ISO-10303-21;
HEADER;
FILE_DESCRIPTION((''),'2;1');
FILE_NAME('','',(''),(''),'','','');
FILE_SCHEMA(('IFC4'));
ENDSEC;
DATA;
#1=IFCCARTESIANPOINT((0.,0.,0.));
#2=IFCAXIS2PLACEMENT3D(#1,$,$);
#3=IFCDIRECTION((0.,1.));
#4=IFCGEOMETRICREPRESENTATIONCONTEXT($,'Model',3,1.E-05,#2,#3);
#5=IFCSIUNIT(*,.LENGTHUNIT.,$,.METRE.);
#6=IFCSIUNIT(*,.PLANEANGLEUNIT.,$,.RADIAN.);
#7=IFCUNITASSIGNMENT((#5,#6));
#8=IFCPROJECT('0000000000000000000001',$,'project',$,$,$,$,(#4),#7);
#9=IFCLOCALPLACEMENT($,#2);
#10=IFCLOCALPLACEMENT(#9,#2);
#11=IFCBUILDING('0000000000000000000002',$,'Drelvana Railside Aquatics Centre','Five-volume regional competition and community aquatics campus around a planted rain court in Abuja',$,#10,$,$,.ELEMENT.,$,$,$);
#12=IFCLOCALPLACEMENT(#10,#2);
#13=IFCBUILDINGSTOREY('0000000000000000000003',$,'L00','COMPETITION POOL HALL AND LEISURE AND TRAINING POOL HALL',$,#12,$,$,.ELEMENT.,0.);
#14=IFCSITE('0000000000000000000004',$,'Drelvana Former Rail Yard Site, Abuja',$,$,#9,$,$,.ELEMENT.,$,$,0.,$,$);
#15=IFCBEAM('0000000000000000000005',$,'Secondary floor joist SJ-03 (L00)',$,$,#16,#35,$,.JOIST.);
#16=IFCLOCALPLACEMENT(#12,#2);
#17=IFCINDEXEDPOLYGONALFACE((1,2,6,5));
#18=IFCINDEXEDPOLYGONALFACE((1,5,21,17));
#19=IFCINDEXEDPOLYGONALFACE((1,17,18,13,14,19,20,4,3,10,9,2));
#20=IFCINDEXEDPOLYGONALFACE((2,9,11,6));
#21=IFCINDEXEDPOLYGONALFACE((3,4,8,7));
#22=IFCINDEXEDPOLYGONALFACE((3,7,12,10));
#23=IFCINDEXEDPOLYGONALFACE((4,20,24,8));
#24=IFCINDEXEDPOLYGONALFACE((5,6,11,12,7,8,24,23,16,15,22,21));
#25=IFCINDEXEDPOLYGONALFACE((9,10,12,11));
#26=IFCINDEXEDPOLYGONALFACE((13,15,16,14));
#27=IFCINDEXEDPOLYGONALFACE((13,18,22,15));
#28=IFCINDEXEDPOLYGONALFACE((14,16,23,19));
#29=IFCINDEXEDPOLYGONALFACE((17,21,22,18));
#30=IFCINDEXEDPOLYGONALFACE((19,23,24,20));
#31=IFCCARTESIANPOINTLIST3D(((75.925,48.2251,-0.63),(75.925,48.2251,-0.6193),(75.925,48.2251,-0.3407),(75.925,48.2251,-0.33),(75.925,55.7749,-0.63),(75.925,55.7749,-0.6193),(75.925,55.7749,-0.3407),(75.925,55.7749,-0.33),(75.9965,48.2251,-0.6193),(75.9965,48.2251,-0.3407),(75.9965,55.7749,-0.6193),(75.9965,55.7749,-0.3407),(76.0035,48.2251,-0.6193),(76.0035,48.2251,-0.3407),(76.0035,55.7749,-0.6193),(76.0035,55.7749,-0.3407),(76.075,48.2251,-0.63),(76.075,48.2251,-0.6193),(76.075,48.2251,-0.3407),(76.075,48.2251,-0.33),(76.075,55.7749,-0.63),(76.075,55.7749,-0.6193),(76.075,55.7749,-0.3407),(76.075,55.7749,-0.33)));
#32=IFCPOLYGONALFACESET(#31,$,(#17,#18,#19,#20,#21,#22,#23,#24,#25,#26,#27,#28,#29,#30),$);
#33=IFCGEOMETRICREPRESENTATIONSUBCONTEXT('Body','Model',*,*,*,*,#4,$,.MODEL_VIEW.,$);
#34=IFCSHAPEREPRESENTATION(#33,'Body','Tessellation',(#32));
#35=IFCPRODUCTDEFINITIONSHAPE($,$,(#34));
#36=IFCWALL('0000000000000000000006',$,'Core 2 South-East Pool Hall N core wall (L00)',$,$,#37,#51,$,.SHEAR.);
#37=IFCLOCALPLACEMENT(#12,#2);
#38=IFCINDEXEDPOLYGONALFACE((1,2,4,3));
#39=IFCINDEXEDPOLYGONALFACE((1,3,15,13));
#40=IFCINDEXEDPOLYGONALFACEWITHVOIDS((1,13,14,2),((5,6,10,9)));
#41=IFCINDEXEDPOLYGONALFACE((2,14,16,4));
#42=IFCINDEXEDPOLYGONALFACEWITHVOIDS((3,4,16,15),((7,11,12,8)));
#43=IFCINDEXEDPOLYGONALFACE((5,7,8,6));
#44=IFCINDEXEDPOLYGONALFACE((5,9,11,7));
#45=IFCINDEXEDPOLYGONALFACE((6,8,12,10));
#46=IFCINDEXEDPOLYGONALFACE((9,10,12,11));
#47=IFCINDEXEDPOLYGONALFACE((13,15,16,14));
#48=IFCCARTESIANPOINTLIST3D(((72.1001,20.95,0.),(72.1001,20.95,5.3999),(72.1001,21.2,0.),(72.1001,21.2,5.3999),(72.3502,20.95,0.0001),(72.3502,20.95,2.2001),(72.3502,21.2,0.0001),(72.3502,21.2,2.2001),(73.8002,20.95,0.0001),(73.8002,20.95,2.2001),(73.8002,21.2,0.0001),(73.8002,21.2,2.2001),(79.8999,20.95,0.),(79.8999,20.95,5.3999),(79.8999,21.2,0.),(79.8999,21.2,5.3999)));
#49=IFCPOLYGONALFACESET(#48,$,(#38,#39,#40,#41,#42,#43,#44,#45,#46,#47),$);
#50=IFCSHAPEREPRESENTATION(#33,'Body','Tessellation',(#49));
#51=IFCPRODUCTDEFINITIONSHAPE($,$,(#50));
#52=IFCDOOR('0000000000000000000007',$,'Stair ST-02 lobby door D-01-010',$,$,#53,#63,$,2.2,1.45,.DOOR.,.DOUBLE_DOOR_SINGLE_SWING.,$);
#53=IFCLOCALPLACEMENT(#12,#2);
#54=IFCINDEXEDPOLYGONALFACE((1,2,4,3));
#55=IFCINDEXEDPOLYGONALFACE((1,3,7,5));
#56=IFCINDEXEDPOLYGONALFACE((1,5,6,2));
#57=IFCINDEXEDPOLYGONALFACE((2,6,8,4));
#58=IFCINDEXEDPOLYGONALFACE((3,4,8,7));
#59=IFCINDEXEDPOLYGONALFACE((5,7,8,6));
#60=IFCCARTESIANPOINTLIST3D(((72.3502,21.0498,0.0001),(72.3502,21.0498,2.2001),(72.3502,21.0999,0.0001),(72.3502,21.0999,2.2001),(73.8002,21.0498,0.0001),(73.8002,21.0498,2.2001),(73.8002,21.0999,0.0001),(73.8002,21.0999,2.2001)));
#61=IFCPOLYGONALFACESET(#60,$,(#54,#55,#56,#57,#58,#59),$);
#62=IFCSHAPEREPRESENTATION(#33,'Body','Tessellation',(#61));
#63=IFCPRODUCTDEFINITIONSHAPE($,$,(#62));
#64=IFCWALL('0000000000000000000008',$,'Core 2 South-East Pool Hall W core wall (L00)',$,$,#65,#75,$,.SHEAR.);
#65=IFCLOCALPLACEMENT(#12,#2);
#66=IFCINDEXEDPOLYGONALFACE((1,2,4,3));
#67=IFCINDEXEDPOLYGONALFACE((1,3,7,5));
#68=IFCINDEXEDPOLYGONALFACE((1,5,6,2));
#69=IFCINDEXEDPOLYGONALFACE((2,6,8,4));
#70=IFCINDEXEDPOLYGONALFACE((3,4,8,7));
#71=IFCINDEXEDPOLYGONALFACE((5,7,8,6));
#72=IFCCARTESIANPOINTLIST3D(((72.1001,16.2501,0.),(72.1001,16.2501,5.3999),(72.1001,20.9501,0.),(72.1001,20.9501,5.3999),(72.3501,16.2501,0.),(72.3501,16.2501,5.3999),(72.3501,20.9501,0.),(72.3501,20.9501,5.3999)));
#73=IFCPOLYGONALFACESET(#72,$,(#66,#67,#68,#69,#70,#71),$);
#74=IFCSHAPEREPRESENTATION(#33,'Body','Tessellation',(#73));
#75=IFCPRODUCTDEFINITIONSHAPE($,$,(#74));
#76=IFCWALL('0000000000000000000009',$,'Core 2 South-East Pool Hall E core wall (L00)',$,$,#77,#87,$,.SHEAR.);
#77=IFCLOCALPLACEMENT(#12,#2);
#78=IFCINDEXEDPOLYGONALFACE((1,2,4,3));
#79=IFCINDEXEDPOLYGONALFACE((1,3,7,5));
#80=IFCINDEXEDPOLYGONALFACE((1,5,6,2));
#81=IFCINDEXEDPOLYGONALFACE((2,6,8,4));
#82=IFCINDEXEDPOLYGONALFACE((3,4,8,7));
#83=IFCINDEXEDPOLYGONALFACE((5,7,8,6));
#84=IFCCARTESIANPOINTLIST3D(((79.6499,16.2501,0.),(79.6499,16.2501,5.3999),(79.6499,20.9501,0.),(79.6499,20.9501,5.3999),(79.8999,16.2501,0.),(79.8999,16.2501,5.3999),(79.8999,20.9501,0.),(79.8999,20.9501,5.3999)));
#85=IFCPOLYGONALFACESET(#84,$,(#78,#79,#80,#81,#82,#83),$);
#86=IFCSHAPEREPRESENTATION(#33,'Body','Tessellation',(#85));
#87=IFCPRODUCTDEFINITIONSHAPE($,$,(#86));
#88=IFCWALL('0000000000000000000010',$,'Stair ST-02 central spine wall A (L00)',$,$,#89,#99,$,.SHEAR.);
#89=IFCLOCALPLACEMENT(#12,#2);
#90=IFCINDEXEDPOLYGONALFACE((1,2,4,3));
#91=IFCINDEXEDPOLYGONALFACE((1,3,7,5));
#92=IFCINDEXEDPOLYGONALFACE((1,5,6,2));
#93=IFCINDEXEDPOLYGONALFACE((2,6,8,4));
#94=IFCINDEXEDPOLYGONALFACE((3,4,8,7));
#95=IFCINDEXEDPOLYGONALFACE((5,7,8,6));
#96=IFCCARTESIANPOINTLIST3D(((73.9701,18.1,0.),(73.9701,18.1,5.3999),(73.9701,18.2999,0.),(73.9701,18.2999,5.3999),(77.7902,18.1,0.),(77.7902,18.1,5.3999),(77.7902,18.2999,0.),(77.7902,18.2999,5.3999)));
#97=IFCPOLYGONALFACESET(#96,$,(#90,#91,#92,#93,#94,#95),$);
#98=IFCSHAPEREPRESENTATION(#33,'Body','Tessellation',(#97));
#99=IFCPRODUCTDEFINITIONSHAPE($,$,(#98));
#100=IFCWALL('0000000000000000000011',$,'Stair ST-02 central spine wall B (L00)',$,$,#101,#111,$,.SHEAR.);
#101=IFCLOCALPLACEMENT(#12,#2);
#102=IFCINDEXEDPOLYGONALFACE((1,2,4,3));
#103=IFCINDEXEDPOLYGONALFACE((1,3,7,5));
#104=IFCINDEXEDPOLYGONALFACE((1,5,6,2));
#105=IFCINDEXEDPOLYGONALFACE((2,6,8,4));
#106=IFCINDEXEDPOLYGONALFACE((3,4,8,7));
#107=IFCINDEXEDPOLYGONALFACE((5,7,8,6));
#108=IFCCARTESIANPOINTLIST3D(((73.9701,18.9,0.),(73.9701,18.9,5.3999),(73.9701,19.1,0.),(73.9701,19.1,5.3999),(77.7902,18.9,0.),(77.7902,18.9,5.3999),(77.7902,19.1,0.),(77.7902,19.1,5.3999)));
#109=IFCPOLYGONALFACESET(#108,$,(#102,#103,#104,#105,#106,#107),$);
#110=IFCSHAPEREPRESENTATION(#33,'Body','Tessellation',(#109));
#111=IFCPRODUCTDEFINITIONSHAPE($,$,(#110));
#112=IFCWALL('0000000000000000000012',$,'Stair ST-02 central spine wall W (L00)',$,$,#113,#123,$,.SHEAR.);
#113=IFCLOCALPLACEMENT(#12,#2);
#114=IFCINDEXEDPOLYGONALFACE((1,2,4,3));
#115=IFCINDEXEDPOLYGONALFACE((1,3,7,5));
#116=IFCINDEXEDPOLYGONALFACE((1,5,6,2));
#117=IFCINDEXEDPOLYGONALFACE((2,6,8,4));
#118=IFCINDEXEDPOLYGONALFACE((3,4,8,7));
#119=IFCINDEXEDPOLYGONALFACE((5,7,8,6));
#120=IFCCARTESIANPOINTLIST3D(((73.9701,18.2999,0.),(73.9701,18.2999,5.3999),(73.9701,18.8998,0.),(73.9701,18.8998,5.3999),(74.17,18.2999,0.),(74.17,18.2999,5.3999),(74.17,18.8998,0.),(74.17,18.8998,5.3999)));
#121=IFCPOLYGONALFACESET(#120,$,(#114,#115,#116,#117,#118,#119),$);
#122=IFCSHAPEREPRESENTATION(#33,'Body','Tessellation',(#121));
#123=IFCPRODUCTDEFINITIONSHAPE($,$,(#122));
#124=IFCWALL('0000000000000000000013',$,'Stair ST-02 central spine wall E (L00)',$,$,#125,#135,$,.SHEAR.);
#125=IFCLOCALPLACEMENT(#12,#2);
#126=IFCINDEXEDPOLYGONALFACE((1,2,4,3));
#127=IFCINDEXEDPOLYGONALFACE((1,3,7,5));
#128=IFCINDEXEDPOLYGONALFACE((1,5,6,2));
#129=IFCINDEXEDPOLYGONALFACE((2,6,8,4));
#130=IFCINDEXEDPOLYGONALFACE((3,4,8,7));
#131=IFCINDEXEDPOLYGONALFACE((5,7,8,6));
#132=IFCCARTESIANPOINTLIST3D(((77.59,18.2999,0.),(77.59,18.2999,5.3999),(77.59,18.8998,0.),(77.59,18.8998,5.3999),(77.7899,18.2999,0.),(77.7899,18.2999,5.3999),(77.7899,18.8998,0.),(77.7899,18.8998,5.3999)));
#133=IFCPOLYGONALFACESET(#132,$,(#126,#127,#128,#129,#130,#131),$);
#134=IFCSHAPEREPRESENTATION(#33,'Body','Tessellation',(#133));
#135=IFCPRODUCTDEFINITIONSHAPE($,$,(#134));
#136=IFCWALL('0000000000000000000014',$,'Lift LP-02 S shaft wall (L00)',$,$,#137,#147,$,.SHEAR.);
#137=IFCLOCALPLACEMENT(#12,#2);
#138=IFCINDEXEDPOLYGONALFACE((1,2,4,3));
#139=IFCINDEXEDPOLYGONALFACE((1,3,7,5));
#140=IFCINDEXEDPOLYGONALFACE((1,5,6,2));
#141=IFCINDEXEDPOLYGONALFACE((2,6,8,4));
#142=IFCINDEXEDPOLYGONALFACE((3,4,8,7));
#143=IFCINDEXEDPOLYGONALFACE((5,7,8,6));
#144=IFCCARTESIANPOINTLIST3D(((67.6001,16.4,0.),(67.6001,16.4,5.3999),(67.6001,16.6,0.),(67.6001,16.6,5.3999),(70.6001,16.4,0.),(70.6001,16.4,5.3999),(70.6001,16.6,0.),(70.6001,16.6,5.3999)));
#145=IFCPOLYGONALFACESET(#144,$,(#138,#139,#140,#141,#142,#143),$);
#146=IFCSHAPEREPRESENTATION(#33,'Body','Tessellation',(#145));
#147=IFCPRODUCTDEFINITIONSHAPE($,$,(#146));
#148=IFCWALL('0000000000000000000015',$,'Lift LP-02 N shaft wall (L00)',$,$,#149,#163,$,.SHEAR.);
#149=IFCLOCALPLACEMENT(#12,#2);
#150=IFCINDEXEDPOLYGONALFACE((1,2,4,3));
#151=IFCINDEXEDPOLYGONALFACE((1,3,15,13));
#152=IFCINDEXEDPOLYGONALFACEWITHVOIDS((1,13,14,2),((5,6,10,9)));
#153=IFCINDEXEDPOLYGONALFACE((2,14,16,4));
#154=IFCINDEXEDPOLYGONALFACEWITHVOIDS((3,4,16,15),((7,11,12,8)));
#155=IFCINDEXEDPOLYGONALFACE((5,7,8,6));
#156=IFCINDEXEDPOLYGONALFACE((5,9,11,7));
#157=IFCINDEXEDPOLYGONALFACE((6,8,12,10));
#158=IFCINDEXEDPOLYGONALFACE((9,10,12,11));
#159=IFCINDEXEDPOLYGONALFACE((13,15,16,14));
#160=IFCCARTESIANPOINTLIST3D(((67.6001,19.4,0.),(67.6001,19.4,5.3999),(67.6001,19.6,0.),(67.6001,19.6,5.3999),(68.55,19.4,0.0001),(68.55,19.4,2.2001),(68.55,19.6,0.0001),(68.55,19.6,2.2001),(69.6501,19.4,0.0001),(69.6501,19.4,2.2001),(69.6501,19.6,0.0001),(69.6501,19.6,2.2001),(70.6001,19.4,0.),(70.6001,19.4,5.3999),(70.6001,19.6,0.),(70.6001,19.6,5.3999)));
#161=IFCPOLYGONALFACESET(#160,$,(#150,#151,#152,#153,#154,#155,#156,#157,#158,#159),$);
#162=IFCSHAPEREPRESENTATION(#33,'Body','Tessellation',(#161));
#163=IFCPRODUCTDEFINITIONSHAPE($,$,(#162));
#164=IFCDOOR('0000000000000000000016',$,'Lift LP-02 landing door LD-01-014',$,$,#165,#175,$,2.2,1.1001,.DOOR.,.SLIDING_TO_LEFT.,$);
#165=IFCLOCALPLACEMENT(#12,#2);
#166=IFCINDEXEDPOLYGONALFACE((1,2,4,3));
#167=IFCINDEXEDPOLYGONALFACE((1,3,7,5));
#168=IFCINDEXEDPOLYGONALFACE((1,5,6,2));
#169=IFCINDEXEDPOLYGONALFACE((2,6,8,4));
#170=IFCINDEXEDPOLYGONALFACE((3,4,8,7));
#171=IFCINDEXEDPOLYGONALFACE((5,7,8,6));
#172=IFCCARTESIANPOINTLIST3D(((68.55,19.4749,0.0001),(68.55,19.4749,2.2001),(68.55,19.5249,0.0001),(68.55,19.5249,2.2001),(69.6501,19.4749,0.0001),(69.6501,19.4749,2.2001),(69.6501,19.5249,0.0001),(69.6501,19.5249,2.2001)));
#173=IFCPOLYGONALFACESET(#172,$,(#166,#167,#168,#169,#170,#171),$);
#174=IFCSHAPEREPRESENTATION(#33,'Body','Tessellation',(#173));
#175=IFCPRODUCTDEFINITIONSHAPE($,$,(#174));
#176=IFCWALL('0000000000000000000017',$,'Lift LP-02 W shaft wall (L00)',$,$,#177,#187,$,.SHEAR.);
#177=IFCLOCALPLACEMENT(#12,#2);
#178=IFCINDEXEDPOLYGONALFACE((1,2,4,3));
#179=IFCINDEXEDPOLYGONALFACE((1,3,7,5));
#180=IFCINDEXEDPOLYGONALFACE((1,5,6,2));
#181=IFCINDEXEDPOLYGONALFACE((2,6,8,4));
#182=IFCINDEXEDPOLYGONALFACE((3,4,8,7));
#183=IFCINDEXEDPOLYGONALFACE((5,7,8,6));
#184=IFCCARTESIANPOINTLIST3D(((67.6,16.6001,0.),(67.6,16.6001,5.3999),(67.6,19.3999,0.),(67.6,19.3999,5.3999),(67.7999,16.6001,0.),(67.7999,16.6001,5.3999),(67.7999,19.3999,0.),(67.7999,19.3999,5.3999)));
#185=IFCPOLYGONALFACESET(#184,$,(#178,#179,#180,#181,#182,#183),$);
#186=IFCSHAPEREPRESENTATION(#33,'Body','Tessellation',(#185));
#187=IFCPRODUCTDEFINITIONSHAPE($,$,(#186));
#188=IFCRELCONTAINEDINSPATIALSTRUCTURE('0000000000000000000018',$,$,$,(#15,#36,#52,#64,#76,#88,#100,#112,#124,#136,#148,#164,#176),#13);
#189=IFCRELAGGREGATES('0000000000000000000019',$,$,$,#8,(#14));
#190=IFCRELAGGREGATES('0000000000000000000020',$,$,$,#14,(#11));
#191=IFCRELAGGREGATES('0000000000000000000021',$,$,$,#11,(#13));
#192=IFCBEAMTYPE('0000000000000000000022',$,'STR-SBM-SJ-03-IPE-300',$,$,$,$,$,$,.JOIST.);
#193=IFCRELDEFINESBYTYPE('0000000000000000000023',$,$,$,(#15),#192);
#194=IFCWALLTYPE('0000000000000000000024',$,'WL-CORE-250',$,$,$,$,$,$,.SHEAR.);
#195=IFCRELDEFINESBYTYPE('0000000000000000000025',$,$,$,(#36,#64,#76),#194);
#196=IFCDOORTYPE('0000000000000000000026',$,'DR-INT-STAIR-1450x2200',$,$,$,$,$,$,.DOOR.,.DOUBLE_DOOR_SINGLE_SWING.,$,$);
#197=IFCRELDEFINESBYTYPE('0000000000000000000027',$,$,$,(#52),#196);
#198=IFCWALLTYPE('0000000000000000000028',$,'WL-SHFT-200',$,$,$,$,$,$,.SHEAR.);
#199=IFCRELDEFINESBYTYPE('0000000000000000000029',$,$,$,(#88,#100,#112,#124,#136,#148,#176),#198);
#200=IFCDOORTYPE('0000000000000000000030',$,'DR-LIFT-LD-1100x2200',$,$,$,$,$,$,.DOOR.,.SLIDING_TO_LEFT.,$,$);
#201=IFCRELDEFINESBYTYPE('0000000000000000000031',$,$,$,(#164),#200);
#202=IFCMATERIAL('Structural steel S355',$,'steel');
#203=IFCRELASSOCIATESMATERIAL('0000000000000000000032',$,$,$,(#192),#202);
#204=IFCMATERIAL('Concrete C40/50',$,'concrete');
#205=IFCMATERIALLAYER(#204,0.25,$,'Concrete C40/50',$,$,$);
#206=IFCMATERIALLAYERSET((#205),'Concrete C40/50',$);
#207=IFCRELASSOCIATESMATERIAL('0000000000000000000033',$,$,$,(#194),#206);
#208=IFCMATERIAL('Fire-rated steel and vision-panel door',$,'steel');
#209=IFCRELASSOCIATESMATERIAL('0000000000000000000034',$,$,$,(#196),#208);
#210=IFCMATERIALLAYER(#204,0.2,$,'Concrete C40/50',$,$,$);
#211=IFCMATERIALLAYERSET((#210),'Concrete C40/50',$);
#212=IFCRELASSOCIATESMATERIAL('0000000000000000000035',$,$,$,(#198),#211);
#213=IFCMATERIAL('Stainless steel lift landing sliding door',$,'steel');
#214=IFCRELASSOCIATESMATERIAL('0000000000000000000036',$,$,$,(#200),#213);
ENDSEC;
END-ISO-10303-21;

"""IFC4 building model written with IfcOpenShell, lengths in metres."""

from ifc_helpers import new_model, si_unit, direction, frame, frame_2d, origin, origin_2d, place, context, subcontext, project, spatial, rectangle, i_section, extrude, material, layer, layer_set, material_profile, profile_set, type_object, element, fill, save


model = new_model("IFC4")

# Units and contexts
model_context = context("Model", 3, precision=1e-05, world=origin(), true_north=direction((0.0, 1.0)))
body_context = subcontext(model_context, "Body", "Model", "MODEL_VIEW")
ifc_project = project(units=[si_unit("LENGTHUNIT", "METRE"), si_unit("PLANEANGLEUNIT", "RADIAN")], contexts=[model_context])

# Site, building, storey
site_placement = place(None, origin())
site = spatial("IfcSite", under=ifc_project, at=site_placement, Name="Drelvana Former Rail Yard Site, Abuja", CompositionType="ELEMENT", RefElevation=0.0)
building_placement = place(site_placement, origin())
building = spatial("IfcBuilding", under=site, at=building_placement, Name="Drelvana Railside Aquatics Centre", Description="Five-volume regional competition and community aquatics campus around a planted rain court in Abuja", CompositionType="ELEMENT")
storey_placement = place(building_placement, origin())
storey = spatial("IfcBuildingStorey", under=building, at=storey_placement, Name="L00", Description="COMPETITION POOL HALL AND LEISURE AND TRAINING POOL HALL", CompositionType="ELEMENT", Elevation=0.0)

# Shared definitions
ifc_material_1 = material(Name="Concrete C40/50", Category="concrete")

# Beam
ifc_material_2 = material(Name="Structural steel S355", Category="steel")
ifc_material_profile_1 = material_profile(ifc_material_2, i_section(OverallWidth=0.1499, OverallDepth=0.3, WebThickness=0.0071, FlangeThickness=0.0107, at=origin_2d()), Name="IPE 300")
ifc_profile_set_1 = profile_set([ifc_material_profile_1], Name="Structural steel S355")
beam_type_1 = type_object("IfcBeamType", Name="STR-SBM-SJ-03-IPE-300", PredefinedType="JOIST", material=ifc_profile_set_1)
beam_1_placement = place(storey_placement, frame((76.0, 48.2251, -0.48), z_axis=(0.0, 1.0, 0.0), x_axis=(-1.0, 0.0, 0.0)))
element("IfcBeam", 1, at=beam_1_placement, inside=storey, type_object=beam_type_1, Name="Secondary floor joist SJ-03 (L00)", PredefinedType="JOIST", context=body_context, shape_type="SweptSolid", body=[
    extrude(i_section(OverallWidth=0.1499, OverallDepth=0.3, WebThickness=0.0071, FlangeThickness=0.0107, at=origin_2d()), origin(), (0.0, 0.0, 1.0), 7.5498),
])

# Wall, opening, door
ifc_layer_1 = layer(ifc_material_1, 0.25, Name="Concrete C40/50")
ifc_layer_set_1 = layer_set([ifc_layer_1], Name="Concrete C40/50")
wall_type_1 = type_object("IfcWallType", Name="WL-CORE-250", PredefinedType="SHEAR", material=ifc_layer_set_1)
wall_1_placement = place(storey_placement, frame((72.1001, 21.075, 0.0), z_axis=(0.0, 0.0, 1.0), x_axis=(1.0, 0.0, 0.0)))
wall_1 = element("IfcWall", 2, at=wall_1_placement, inside=storey, type_object=wall_type_1, Name="Core 2 South-East Pool Hall N core wall (L00)", PredefinedType="SHEAR", context=body_context, shape_type="SweptSolid", body=[
    extrude(rectangle(XDim=7.7998, YDim=0.25, at=frame_2d((3.8999, 0.0))), origin(), (0.0, 0.0, 1.0), 5.3999),
])
opening_1_placement = place(wall_1_placement, frame((0.25, 0.0, 0.0)))
opening_1 = element("IfcOpeningElement", 3, at=opening_1_placement, cuts=wall_1, PredefinedType="OPENING", context=body_context, shape_type="SweptSolid", body=[
    extrude(rectangle(XDim=1.45, YDim=2.2, at=frame_2d((0.7251, 1.1001))), frame((0.0, 0.135, 0.0), z_axis=(0.0, -1.0, 0.0), x_axis=(1.0, 0.0, 0.0)), (0.0, 0.0, 1.0), 0.27),
])
ifc_material_3 = material(Name="Fire-rated steel and vision-panel door", Category="steel")
door_type_1 = type_object("IfcDoorType", Name="DR-INT-STAIR-1450x2200", OperationType="DOUBLE_DOOR_SINGLE_SWING", PredefinedType="DOOR", material=ifc_material_3)
door_1_placement = place(opening_1_placement, origin())
door_1 = element("IfcDoor", 4, at=door_1_placement, inside=storey, type_object=door_type_1, Name="Stair ST-02 lobby door D-01-010", OperationType="DOUBLE_DOOR_SINGLE_SWING", OverallHeight=2.2, OverallWidth=1.45, PredefinedType="DOOR", context=body_context, shape_type="SweptSolid", body=[
    extrude(rectangle(XDim=1.45, YDim=2.2, at=frame_2d((0.7251, 1.1001))), frame((0.0, 0.0249, 0.0), z_axis=(0.0, -1.0, 0.0), x_axis=(1.0, 0.0, 0.0)), (0.0, 0.0, 1.0), 0.05),
])
fill(opening_1, door_1)

# Walls
for number, where, z_axis, x_axis, name in (
    (5, (72.2251, 16.25, 0.0), (0.0, 0.0, 1.0), (0.0, 1.0, 0.0), "Core 2 South-East Pool Hall W core wall (L00)"),
    (6, (79.7749, 16.25, 0.0), (0.0, 0.0, 1.0), (0.0, 1.0, 0.0), "Core 2 South-East Pool Hall E core wall (L00)"),
):
    element("IfcWall", number, at=place(storey_placement, frame(where, z_axis=z_axis, x_axis=x_axis)), inside=storey, type_object=wall_type_1, Name=name, PredefinedType="SHEAR", context=body_context, shape_type="SweptSolid", body=[
        extrude(rectangle(XDim=4.7, YDim=0.25, at=frame_2d((2.3501, 0.0))), origin(), (0.0, 0.0, 1.0), 5.3999),
    ])
ifc_layer_2 = layer(ifc_material_1, 0.2, Name="Concrete C40/50")
ifc_layer_set_2 = layer_set([ifc_layer_2], Name="Concrete C40/50")
wall_type_2 = type_object("IfcWallType", Name="WL-SHFT-200", PredefinedType="SHEAR", material=ifc_layer_set_2)
for number, where, z_axis, x_axis, name in (
    (7, (73.97, 18.2, 0.0), (0.0, 0.0, 1.0), (1.0, 0.0, 0.0), "Stair ST-02 central spine wall A (L00)"),
    (8, (73.97, 19.0, 0.0), (0.0, 0.0, 1.0), (1.0, 0.0, 0.0), "Stair ST-02 central spine wall B (L00)"),
):
    element("IfcWall", number, at=place(storey_placement, frame(where, z_axis=z_axis, x_axis=x_axis)), inside=storey, type_object=wall_type_2, Name=name, PredefinedType="SHEAR", context=body_context, shape_type="SweptSolid", body=[
        extrude(rectangle(XDim=3.8201, YDim=0.2, at=frame_2d((1.9102, 0.0))), origin(), (0.0, 0.0, 1.0), 5.3999),
    ])
for number, where, z_axis, x_axis, name in (
    (9, (74.0701, 18.3, 0.0), (0.0, 0.0, 1.0), (0.0, 1.0, 0.0), "Stair ST-02 central spine wall W (L00)"),
    (10, (77.6899, 18.3, 0.0), (0.0, 0.0, 1.0), (0.0, 1.0, 0.0), "Stair ST-02 central spine wall E (L00)"),
):
    element("IfcWall", number, at=place(storey_placement, frame(where, z_axis=z_axis, x_axis=x_axis)), inside=storey, type_object=wall_type_2, Name=name, PredefinedType="SHEAR", context=body_context, shape_type="SweptSolid", body=[
        extrude(rectangle(XDim=0.5999, YDim=0.2, at=frame_2d((0.2998, 0.0))), origin(), (0.0, 0.0, 1.0), 5.3999),
    ])
wall_2_placement = place(storey_placement, frame((67.6001, 16.5, 0.0), z_axis=(0.0, 0.0, 1.0), x_axis=(1.0, 0.0, 0.0)))
element("IfcWall", 11, at=wall_2_placement, inside=storey, type_object=wall_type_2, Name="Lift LP-02 S shaft wall (L00)", PredefinedType="SHEAR", context=body_context, shape_type="SweptSolid", body=[
    extrude(rectangle(XDim=3.0, YDim=0.2, at=frame_2d((1.5, 0.0))), origin(), (0.0, 0.0, 1.0), 5.3999),
])

# Wall, opening, door
wall_3_placement = place(storey_placement, frame((67.6001, 19.5, 0.0), z_axis=(0.0, 0.0, 1.0), x_axis=(1.0, 0.0, 0.0)))
wall_3 = element("IfcWall", 12, at=wall_3_placement, inside=storey, type_object=wall_type_2, Name="Lift LP-02 N shaft wall (L00)", PredefinedType="SHEAR", context=body_context, shape_type="SweptSolid", body=[
    extrude(rectangle(XDim=3.0, YDim=0.2, at=frame_2d((1.5, 0.0))), origin(), (0.0, 0.0, 1.0), 5.3999),
])
opening_2_placement = place(wall_3_placement, frame((0.95, 0.0, 0.0)))
opening_2 = element("IfcOpeningElement", 13, at=opening_2_placement, cuts=wall_3, PredefinedType="OPENING", context=body_context, shape_type="SweptSolid", body=[
    extrude(rectangle(XDim=1.1001, YDim=2.2, at=frame_2d((0.55, 1.1001))), frame((0.0, 0.1099, 0.0), z_axis=(0.0, -1.0, 0.0), x_axis=(1.0, 0.0, 0.0)), (0.0, 0.0, 1.0), 0.22),
])
ifc_material_4 = material(Name="Stainless steel lift landing sliding door", Category="steel")
door_type_2 = type_object("IfcDoorType", Name="DR-LIFT-LD-1100x2200", OperationType="SLIDING_TO_LEFT", PredefinedType="DOOR", material=ifc_material_4)
door_2_placement = place(opening_2_placement, origin())
door_2 = element("IfcDoor", 14, at=door_2_placement, inside=storey, type_object=door_type_2, Name="Lift LP-02 landing door LD-01-014", OperationType="SLIDING_TO_LEFT", OverallHeight=2.2, OverallWidth=1.1001, PredefinedType="DOOR", context=body_context, shape_type="SweptSolid", body=[
    extrude(rectangle(XDim=1.1001, YDim=2.2, at=frame_2d((0.55, 1.1001))), frame((0.0, 0.0249, 0.0), z_axis=(0.0, -1.0, 0.0), x_axis=(1.0, 0.0, 0.0)), (0.0, 0.0, 1.0), 0.05),
])
fill(opening_2, door_2)

# Wall
for number, where, z_axis, x_axis, name in (
    (15, (67.7, 16.6001, 0.0), (0.0, 0.0, 1.0), (0.0, 1.0, 0.0), "Lift LP-02 W shaft wall (L00)"),
):
    element("IfcWall", number, at=place(storey_placement, frame(where, z_axis=z_axis, x_axis=x_axis)), inside=storey, type_object=wall_type_2, Name=name, PredefinedType="SHEAR", context=body_context, shape_type="SweptSolid", body=[
        extrude(rectangle(XDim=2.7998, YDim=0.2, at=frame_2d((1.3999, 0.0))), origin(), (0.0, 0.0, 1.0), 5.3999),
    ])

save(model, "model.ifc")
